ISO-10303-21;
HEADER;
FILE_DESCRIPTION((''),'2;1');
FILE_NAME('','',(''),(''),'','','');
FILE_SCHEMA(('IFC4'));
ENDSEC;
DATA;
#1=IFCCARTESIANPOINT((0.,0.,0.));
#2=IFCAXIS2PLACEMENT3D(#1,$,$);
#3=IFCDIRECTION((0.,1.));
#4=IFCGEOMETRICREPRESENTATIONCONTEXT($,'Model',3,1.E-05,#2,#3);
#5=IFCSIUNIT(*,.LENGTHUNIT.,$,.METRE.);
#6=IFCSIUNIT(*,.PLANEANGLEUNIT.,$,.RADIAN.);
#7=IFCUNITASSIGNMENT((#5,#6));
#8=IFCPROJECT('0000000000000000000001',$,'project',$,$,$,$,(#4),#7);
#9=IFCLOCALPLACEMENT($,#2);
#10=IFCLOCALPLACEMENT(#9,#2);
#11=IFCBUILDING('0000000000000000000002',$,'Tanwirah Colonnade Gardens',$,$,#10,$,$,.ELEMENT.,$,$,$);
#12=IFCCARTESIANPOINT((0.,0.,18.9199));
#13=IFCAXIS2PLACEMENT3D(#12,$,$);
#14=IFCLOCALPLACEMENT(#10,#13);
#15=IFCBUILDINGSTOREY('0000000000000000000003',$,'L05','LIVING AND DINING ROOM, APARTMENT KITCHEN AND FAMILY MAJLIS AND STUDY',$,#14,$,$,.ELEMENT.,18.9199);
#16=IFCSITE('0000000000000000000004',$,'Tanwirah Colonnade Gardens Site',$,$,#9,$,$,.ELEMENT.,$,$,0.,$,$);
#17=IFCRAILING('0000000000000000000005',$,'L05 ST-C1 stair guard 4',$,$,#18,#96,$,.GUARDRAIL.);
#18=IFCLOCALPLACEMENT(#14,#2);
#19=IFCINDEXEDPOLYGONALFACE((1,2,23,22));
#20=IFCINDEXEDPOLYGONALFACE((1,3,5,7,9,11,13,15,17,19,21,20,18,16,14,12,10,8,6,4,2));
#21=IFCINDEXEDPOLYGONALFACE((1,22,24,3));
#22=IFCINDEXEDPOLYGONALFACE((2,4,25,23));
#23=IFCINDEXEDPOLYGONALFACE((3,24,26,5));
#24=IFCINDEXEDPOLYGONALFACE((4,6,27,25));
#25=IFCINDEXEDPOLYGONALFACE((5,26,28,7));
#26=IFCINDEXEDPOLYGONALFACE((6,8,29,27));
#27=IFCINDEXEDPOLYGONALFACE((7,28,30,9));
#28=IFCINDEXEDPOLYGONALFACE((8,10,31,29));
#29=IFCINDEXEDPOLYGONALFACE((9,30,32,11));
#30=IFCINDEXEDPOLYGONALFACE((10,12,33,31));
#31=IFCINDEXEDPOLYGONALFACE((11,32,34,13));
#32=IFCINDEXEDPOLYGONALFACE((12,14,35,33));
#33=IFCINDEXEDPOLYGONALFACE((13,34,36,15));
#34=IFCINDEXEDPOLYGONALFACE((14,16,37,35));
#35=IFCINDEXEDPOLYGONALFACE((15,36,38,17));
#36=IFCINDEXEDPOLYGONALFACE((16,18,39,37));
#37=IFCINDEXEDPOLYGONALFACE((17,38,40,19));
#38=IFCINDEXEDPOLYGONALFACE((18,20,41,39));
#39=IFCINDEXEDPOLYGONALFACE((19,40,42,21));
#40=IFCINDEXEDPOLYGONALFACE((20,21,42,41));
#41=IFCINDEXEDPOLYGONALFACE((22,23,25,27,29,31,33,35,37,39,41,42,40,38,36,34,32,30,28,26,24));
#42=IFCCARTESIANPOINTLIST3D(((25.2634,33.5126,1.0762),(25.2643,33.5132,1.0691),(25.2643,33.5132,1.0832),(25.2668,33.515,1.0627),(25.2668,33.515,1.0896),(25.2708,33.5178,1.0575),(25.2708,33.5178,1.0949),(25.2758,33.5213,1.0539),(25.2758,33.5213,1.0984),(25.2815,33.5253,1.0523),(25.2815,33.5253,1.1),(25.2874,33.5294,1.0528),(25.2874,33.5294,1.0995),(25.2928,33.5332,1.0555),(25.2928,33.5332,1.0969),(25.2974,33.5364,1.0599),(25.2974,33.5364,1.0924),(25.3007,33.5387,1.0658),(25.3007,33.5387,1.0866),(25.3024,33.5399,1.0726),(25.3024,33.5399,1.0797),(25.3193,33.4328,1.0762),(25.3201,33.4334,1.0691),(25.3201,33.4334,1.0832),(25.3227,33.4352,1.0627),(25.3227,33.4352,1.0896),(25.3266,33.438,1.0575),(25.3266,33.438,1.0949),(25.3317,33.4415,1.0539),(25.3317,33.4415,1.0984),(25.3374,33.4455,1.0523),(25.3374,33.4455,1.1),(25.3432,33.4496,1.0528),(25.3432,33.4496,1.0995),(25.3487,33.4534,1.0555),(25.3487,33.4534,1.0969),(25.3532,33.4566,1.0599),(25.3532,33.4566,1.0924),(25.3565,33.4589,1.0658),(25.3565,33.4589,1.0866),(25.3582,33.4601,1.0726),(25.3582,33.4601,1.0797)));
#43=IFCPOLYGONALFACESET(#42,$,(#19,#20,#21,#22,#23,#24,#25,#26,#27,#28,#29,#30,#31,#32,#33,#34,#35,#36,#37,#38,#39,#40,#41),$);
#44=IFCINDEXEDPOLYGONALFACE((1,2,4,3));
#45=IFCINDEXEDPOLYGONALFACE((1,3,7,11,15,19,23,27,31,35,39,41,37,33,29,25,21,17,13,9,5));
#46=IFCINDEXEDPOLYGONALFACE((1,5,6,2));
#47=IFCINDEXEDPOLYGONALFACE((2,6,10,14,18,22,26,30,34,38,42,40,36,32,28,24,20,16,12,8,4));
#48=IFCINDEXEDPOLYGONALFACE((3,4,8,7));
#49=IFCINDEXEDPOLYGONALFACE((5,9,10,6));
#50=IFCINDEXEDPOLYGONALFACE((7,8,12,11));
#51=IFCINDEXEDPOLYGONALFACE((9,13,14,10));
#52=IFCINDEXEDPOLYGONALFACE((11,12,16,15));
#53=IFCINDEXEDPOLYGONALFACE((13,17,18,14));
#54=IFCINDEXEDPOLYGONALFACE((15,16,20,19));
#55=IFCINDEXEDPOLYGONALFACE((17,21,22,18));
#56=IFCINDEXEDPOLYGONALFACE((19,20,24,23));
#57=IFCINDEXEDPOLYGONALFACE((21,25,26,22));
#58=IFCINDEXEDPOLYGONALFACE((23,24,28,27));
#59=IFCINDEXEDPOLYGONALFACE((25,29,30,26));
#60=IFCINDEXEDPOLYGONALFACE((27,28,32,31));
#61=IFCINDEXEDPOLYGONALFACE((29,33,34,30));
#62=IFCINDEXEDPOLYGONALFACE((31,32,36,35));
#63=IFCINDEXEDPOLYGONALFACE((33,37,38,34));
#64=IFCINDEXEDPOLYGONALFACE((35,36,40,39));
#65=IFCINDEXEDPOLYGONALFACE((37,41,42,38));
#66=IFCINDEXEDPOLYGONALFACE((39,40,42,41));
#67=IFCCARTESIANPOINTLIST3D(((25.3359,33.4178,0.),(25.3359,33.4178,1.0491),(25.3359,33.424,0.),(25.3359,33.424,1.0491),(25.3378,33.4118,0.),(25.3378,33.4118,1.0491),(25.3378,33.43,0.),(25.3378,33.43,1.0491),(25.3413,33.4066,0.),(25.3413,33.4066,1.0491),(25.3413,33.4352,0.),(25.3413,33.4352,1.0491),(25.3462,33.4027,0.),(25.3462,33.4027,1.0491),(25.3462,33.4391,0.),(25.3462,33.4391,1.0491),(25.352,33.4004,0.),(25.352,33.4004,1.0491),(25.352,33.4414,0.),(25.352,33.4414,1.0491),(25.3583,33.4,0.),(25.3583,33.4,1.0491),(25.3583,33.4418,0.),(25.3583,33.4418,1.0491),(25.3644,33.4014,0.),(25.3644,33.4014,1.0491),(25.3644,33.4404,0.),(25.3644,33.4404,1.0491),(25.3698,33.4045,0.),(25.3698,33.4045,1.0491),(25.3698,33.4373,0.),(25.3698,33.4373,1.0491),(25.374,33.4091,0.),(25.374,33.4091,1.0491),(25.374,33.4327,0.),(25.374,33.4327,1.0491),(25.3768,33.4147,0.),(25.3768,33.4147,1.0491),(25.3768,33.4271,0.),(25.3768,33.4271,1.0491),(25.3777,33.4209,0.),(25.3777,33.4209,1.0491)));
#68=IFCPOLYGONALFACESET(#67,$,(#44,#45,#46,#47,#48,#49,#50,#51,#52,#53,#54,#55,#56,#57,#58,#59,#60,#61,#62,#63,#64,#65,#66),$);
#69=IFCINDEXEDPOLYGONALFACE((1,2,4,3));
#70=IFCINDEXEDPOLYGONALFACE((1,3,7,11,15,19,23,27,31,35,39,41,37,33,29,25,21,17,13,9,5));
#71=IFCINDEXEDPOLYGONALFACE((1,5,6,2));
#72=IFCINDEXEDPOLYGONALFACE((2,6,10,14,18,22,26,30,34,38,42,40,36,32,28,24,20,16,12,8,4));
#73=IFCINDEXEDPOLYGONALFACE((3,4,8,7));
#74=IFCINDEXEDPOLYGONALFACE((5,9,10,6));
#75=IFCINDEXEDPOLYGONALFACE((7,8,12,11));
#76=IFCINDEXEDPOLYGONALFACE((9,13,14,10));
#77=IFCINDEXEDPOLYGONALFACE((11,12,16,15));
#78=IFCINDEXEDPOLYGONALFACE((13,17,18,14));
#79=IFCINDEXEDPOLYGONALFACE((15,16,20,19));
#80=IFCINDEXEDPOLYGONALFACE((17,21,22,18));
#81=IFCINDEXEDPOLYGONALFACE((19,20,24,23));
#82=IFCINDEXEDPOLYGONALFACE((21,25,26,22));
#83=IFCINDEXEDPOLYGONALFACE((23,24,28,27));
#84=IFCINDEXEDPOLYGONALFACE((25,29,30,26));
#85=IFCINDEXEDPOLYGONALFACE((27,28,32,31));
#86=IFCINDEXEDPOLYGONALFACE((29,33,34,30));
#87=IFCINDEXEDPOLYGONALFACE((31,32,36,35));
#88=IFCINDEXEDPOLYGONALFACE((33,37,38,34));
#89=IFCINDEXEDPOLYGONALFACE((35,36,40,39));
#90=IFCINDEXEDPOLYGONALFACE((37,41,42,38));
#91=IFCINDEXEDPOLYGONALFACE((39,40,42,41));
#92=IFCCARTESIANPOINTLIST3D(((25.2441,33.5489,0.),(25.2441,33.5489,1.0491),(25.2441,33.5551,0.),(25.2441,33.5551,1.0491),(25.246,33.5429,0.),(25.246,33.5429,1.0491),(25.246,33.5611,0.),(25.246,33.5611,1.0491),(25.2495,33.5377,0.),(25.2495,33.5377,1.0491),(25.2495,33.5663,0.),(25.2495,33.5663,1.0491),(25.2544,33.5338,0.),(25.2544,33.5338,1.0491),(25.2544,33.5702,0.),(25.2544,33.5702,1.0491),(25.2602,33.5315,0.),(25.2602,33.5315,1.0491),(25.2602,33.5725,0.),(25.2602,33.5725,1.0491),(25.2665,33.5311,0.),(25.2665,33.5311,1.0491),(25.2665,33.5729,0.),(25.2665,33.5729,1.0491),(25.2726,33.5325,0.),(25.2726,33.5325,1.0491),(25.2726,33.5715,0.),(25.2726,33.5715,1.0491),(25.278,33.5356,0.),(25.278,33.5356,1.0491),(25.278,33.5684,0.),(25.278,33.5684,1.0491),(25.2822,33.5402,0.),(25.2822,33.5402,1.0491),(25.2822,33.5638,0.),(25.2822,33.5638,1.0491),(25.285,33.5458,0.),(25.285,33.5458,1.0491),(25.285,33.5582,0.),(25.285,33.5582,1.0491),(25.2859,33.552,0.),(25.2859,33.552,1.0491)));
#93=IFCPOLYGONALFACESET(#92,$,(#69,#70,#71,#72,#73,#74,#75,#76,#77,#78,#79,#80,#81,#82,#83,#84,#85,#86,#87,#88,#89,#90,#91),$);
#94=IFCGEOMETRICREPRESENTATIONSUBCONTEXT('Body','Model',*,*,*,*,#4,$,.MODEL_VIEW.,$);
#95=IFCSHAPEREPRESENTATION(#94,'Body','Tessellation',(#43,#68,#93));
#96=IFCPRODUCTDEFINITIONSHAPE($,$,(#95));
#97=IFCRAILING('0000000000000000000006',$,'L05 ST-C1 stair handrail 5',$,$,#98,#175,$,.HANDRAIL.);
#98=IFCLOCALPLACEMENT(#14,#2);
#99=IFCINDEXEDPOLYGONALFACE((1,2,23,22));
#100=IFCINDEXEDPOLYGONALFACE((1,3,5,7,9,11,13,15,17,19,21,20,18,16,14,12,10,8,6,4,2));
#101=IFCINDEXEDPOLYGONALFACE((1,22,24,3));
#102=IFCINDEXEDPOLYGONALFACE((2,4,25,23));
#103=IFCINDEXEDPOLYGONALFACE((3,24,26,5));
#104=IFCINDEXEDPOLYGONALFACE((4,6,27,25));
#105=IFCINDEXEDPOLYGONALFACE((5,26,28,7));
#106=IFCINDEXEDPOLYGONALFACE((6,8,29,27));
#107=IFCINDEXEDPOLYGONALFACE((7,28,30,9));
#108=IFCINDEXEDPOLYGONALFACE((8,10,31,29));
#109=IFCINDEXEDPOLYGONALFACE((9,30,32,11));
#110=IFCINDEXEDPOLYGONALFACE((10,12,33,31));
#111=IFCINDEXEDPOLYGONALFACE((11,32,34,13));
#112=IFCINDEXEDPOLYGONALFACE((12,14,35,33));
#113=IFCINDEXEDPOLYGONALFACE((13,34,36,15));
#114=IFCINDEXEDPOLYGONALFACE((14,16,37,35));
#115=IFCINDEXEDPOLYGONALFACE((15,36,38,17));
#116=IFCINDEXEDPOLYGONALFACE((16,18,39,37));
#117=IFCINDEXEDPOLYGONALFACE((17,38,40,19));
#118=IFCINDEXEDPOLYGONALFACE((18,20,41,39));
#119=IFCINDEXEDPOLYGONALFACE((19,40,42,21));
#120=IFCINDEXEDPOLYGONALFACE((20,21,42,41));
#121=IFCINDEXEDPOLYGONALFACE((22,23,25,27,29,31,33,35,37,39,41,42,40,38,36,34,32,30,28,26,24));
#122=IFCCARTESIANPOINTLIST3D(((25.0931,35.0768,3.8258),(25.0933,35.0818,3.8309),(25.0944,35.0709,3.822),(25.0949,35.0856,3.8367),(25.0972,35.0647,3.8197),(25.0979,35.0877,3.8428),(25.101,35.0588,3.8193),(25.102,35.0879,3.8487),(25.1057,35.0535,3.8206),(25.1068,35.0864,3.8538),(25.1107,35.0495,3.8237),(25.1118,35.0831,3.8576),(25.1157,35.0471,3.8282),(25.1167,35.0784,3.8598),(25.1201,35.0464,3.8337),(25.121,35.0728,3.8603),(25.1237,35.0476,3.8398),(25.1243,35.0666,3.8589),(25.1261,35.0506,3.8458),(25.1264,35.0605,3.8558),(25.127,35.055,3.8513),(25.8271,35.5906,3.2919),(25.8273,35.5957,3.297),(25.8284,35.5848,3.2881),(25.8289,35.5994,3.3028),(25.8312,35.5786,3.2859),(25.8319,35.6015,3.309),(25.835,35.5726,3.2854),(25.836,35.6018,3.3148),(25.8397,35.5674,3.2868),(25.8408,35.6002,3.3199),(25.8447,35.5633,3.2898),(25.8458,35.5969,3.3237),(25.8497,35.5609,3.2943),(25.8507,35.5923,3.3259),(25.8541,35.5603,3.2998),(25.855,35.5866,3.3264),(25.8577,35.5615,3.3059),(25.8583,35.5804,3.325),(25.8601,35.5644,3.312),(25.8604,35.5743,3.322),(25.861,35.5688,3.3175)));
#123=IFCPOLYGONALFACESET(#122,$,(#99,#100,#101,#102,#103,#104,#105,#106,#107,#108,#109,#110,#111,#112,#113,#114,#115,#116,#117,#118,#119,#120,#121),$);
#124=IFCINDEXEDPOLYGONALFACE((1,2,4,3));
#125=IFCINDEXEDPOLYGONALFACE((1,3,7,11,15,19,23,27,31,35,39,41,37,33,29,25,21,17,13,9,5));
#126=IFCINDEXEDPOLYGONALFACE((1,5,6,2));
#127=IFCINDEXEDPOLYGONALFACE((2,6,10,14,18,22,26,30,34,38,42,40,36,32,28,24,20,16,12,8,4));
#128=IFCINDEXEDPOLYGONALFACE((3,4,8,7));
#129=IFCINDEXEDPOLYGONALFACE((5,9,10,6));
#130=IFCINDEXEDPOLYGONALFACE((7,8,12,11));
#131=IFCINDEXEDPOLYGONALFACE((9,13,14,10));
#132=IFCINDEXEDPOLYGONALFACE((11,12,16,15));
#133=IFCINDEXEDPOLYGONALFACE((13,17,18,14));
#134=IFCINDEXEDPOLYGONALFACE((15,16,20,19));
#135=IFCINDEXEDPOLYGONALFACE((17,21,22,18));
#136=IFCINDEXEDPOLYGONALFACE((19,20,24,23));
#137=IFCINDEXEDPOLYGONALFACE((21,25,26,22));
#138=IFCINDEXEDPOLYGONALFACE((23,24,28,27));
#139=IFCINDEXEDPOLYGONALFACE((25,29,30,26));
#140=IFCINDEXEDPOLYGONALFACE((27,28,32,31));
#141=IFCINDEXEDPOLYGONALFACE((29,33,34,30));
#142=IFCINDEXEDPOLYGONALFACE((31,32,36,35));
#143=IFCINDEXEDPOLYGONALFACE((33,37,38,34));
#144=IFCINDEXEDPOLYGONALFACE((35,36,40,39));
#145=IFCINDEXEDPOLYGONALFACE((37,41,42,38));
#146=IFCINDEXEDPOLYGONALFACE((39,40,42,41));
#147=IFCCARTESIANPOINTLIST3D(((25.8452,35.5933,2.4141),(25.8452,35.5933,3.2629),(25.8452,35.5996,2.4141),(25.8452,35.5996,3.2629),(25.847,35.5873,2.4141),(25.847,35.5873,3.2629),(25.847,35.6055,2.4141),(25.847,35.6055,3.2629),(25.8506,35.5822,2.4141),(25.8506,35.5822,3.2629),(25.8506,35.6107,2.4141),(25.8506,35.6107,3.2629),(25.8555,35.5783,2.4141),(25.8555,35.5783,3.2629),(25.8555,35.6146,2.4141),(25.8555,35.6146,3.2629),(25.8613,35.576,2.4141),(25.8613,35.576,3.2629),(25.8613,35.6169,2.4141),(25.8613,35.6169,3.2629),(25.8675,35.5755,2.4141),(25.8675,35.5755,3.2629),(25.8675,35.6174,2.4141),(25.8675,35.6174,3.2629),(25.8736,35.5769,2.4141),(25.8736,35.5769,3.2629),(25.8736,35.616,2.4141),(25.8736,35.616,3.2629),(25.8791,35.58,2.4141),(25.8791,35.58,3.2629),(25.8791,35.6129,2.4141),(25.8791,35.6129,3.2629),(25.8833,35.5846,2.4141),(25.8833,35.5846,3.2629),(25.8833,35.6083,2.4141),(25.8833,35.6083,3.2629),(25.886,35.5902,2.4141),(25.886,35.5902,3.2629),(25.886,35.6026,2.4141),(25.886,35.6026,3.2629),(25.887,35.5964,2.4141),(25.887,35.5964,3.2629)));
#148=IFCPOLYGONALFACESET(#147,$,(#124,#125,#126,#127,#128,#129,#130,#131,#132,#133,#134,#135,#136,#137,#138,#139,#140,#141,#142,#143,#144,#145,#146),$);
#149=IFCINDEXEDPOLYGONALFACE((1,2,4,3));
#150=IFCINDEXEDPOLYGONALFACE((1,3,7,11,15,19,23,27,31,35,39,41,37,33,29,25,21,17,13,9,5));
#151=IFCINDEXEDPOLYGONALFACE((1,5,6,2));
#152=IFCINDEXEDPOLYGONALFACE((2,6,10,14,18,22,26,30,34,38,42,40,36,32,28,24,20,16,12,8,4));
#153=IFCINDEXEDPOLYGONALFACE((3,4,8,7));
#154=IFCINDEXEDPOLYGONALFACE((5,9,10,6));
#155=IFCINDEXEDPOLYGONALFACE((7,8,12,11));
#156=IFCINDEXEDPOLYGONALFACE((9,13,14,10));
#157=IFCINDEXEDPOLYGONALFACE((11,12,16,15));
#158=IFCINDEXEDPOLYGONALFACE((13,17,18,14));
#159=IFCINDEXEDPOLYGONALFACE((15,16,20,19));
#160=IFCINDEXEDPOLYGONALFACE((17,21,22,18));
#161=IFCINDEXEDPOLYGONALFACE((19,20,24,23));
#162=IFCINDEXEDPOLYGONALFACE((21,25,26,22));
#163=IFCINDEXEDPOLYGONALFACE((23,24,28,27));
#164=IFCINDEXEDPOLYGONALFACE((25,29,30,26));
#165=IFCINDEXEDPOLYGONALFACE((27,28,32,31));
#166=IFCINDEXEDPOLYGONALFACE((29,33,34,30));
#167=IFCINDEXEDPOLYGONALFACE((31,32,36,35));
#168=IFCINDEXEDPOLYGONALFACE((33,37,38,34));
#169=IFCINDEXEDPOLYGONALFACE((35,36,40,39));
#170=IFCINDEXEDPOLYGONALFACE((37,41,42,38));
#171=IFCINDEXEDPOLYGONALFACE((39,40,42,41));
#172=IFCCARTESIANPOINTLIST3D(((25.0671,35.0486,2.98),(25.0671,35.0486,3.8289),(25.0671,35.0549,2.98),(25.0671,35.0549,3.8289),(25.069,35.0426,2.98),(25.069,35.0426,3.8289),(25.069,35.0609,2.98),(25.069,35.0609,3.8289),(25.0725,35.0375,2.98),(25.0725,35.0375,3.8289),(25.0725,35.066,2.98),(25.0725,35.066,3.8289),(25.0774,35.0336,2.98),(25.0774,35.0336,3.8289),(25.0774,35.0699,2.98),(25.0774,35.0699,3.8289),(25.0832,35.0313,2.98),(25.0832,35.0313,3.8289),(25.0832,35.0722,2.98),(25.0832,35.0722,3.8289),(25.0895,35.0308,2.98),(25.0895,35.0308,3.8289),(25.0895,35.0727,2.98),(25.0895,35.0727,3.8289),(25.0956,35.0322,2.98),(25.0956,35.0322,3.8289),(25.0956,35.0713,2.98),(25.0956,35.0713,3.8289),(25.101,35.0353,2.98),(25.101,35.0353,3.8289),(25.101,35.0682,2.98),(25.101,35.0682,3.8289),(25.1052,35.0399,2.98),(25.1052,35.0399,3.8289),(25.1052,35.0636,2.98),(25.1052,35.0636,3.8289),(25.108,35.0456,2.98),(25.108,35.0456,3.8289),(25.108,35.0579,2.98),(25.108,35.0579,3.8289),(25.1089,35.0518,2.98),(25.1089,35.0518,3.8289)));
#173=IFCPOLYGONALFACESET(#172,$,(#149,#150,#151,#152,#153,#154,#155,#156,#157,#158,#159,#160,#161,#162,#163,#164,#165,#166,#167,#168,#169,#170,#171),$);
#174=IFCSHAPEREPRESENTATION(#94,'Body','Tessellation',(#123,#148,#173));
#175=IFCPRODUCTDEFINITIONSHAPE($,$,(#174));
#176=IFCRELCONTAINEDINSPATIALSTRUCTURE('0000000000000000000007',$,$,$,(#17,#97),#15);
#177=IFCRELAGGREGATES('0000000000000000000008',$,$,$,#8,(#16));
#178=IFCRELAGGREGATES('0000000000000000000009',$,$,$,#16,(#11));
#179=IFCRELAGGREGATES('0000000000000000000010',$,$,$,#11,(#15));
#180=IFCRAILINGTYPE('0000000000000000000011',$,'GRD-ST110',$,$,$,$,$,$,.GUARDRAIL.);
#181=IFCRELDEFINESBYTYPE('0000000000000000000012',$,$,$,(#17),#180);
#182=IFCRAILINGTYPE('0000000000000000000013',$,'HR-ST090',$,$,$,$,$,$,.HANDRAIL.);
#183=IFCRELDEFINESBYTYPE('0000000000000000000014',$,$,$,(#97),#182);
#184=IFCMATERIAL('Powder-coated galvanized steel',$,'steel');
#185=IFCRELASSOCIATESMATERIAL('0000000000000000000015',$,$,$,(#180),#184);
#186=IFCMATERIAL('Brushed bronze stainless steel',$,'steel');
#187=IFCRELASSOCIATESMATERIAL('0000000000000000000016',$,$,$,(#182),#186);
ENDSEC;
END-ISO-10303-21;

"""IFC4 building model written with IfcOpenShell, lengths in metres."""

from ifc_helpers import new_model, si_unit, direction, frame, origin, origin_2d, place, context, subcontext, project, spatial, circle, extrude, material, type_object, element, save


model = new_model("IFC4")

# Units and contexts
model_context = context("Model", 3, precision=1e-05, world=origin(), true_north=direction((0.0, 1.0)))
body_context = subcontext(model_context, "Body", "Model", "MODEL_VIEW")
ifc_project = project(units=[si_unit("LENGTHUNIT", "METRE"), si_unit("PLANEANGLEUNIT", "RADIAN")], contexts=[model_context])

# Site, building, storey
site_placement = place(None, origin())
site = spatial("IfcSite", under=ifc_project, at=site_placement, Name="Tanwirah Colonnade Gardens Site", CompositionType="ELEMENT", RefElevation=0.0)
building_placement = place(site_placement, origin())
building = spatial("IfcBuilding", under=site, at=building_placement, Name="Tanwirah Colonnade Gardens", CompositionType="ELEMENT")
storey_placement = place(building_placement, frame((0.0, 0.0, 18.9199)))
storey = spatial("IfcBuildingStorey", under=building, at=storey_placement, Name="L05", Description="LIVING AND DINING ROOM, APARTMENT KITCHEN AND FAMILY MAJLIS AND STUDY", CompositionType="ELEMENT", Elevation=18.9199)

# Railings
ifc_material_1 = material(Name="Powder-coated galvanized steel", Category="steel")
railing_type_1 = type_object("IfcRailingType", Name="GRD-ST110", PredefinedType="GUARDRAIL", material=ifc_material_1)
railing_1_placement = place(storey_placement, frame((25.3567, 33.4209, 0.0)))
element("IfcRailing", 1, at=railing_1_placement, inside=storey, type_object=railing_type_1, Name="L05 ST-C1 stair guard 4", PredefinedType="GUARDRAIL", context=body_context, shape_type="SweptSolid", body=[
    extrude(circle(Radius=0.0239, at=origin_2d()), frame((-0.0178, 0.0256, 1.0762), z_axis=(-0.573565, 0.81916, 0.0), x_axis=(-0.81916, -0.573565, 0.0)), (0.0, 0.0, 1.0), 0.0974),
    extrude(circle(Radius=0.021, at=origin_2d()), origin(), (0.0, 0.0, 1.0), 1.0491),
    extrude(circle(Radius=0.021, at=origin_2d()), frame((-0.0918, 0.1311, 0.0)), (0.0, 0.0, 1.0), 1.0491),
])
ifc_material_2 = material(Name="Brushed bronze stainless steel", Category="steel")
railing_type_2 = type_object("IfcRailingType", Name="HR-ST090", PredefinedType="HANDRAIL", material=ifc_material_2)
railing_2_placement = place(storey_placement, frame((25.866, 35.5964, 2.4141)))
element("IfcRailing", 2, at=railing_2_placement, inside=storey, type_object=railing_type_2, Name="L05 ST-C1 stair handrail 5", PredefinedType="HANDRAIL", context=body_context, shape_type="SweptSolid", body=[
    extrude(circle(Radius=0.0239, at=origin_2d()), frame((-0.022, -0.0154, 0.8918), z_axis=(-0.703763, -0.492656, 0.511868), x_axis=(0.57348, -0.81922, 0.0)), (0.0, 0.0, 1.0), 1.043),
    extrude(circle(Radius=0.021, at=origin_2d()), origin(), (0.0, 0.0, 1.0), 0.8489),
    extrude(circle(Radius=0.021, at=origin_2d()), frame((-0.7781, -0.5447, 0.5659)), (0.0, 0.0, 1.0), 0.8489),
])

save(model, "model.ifc")
